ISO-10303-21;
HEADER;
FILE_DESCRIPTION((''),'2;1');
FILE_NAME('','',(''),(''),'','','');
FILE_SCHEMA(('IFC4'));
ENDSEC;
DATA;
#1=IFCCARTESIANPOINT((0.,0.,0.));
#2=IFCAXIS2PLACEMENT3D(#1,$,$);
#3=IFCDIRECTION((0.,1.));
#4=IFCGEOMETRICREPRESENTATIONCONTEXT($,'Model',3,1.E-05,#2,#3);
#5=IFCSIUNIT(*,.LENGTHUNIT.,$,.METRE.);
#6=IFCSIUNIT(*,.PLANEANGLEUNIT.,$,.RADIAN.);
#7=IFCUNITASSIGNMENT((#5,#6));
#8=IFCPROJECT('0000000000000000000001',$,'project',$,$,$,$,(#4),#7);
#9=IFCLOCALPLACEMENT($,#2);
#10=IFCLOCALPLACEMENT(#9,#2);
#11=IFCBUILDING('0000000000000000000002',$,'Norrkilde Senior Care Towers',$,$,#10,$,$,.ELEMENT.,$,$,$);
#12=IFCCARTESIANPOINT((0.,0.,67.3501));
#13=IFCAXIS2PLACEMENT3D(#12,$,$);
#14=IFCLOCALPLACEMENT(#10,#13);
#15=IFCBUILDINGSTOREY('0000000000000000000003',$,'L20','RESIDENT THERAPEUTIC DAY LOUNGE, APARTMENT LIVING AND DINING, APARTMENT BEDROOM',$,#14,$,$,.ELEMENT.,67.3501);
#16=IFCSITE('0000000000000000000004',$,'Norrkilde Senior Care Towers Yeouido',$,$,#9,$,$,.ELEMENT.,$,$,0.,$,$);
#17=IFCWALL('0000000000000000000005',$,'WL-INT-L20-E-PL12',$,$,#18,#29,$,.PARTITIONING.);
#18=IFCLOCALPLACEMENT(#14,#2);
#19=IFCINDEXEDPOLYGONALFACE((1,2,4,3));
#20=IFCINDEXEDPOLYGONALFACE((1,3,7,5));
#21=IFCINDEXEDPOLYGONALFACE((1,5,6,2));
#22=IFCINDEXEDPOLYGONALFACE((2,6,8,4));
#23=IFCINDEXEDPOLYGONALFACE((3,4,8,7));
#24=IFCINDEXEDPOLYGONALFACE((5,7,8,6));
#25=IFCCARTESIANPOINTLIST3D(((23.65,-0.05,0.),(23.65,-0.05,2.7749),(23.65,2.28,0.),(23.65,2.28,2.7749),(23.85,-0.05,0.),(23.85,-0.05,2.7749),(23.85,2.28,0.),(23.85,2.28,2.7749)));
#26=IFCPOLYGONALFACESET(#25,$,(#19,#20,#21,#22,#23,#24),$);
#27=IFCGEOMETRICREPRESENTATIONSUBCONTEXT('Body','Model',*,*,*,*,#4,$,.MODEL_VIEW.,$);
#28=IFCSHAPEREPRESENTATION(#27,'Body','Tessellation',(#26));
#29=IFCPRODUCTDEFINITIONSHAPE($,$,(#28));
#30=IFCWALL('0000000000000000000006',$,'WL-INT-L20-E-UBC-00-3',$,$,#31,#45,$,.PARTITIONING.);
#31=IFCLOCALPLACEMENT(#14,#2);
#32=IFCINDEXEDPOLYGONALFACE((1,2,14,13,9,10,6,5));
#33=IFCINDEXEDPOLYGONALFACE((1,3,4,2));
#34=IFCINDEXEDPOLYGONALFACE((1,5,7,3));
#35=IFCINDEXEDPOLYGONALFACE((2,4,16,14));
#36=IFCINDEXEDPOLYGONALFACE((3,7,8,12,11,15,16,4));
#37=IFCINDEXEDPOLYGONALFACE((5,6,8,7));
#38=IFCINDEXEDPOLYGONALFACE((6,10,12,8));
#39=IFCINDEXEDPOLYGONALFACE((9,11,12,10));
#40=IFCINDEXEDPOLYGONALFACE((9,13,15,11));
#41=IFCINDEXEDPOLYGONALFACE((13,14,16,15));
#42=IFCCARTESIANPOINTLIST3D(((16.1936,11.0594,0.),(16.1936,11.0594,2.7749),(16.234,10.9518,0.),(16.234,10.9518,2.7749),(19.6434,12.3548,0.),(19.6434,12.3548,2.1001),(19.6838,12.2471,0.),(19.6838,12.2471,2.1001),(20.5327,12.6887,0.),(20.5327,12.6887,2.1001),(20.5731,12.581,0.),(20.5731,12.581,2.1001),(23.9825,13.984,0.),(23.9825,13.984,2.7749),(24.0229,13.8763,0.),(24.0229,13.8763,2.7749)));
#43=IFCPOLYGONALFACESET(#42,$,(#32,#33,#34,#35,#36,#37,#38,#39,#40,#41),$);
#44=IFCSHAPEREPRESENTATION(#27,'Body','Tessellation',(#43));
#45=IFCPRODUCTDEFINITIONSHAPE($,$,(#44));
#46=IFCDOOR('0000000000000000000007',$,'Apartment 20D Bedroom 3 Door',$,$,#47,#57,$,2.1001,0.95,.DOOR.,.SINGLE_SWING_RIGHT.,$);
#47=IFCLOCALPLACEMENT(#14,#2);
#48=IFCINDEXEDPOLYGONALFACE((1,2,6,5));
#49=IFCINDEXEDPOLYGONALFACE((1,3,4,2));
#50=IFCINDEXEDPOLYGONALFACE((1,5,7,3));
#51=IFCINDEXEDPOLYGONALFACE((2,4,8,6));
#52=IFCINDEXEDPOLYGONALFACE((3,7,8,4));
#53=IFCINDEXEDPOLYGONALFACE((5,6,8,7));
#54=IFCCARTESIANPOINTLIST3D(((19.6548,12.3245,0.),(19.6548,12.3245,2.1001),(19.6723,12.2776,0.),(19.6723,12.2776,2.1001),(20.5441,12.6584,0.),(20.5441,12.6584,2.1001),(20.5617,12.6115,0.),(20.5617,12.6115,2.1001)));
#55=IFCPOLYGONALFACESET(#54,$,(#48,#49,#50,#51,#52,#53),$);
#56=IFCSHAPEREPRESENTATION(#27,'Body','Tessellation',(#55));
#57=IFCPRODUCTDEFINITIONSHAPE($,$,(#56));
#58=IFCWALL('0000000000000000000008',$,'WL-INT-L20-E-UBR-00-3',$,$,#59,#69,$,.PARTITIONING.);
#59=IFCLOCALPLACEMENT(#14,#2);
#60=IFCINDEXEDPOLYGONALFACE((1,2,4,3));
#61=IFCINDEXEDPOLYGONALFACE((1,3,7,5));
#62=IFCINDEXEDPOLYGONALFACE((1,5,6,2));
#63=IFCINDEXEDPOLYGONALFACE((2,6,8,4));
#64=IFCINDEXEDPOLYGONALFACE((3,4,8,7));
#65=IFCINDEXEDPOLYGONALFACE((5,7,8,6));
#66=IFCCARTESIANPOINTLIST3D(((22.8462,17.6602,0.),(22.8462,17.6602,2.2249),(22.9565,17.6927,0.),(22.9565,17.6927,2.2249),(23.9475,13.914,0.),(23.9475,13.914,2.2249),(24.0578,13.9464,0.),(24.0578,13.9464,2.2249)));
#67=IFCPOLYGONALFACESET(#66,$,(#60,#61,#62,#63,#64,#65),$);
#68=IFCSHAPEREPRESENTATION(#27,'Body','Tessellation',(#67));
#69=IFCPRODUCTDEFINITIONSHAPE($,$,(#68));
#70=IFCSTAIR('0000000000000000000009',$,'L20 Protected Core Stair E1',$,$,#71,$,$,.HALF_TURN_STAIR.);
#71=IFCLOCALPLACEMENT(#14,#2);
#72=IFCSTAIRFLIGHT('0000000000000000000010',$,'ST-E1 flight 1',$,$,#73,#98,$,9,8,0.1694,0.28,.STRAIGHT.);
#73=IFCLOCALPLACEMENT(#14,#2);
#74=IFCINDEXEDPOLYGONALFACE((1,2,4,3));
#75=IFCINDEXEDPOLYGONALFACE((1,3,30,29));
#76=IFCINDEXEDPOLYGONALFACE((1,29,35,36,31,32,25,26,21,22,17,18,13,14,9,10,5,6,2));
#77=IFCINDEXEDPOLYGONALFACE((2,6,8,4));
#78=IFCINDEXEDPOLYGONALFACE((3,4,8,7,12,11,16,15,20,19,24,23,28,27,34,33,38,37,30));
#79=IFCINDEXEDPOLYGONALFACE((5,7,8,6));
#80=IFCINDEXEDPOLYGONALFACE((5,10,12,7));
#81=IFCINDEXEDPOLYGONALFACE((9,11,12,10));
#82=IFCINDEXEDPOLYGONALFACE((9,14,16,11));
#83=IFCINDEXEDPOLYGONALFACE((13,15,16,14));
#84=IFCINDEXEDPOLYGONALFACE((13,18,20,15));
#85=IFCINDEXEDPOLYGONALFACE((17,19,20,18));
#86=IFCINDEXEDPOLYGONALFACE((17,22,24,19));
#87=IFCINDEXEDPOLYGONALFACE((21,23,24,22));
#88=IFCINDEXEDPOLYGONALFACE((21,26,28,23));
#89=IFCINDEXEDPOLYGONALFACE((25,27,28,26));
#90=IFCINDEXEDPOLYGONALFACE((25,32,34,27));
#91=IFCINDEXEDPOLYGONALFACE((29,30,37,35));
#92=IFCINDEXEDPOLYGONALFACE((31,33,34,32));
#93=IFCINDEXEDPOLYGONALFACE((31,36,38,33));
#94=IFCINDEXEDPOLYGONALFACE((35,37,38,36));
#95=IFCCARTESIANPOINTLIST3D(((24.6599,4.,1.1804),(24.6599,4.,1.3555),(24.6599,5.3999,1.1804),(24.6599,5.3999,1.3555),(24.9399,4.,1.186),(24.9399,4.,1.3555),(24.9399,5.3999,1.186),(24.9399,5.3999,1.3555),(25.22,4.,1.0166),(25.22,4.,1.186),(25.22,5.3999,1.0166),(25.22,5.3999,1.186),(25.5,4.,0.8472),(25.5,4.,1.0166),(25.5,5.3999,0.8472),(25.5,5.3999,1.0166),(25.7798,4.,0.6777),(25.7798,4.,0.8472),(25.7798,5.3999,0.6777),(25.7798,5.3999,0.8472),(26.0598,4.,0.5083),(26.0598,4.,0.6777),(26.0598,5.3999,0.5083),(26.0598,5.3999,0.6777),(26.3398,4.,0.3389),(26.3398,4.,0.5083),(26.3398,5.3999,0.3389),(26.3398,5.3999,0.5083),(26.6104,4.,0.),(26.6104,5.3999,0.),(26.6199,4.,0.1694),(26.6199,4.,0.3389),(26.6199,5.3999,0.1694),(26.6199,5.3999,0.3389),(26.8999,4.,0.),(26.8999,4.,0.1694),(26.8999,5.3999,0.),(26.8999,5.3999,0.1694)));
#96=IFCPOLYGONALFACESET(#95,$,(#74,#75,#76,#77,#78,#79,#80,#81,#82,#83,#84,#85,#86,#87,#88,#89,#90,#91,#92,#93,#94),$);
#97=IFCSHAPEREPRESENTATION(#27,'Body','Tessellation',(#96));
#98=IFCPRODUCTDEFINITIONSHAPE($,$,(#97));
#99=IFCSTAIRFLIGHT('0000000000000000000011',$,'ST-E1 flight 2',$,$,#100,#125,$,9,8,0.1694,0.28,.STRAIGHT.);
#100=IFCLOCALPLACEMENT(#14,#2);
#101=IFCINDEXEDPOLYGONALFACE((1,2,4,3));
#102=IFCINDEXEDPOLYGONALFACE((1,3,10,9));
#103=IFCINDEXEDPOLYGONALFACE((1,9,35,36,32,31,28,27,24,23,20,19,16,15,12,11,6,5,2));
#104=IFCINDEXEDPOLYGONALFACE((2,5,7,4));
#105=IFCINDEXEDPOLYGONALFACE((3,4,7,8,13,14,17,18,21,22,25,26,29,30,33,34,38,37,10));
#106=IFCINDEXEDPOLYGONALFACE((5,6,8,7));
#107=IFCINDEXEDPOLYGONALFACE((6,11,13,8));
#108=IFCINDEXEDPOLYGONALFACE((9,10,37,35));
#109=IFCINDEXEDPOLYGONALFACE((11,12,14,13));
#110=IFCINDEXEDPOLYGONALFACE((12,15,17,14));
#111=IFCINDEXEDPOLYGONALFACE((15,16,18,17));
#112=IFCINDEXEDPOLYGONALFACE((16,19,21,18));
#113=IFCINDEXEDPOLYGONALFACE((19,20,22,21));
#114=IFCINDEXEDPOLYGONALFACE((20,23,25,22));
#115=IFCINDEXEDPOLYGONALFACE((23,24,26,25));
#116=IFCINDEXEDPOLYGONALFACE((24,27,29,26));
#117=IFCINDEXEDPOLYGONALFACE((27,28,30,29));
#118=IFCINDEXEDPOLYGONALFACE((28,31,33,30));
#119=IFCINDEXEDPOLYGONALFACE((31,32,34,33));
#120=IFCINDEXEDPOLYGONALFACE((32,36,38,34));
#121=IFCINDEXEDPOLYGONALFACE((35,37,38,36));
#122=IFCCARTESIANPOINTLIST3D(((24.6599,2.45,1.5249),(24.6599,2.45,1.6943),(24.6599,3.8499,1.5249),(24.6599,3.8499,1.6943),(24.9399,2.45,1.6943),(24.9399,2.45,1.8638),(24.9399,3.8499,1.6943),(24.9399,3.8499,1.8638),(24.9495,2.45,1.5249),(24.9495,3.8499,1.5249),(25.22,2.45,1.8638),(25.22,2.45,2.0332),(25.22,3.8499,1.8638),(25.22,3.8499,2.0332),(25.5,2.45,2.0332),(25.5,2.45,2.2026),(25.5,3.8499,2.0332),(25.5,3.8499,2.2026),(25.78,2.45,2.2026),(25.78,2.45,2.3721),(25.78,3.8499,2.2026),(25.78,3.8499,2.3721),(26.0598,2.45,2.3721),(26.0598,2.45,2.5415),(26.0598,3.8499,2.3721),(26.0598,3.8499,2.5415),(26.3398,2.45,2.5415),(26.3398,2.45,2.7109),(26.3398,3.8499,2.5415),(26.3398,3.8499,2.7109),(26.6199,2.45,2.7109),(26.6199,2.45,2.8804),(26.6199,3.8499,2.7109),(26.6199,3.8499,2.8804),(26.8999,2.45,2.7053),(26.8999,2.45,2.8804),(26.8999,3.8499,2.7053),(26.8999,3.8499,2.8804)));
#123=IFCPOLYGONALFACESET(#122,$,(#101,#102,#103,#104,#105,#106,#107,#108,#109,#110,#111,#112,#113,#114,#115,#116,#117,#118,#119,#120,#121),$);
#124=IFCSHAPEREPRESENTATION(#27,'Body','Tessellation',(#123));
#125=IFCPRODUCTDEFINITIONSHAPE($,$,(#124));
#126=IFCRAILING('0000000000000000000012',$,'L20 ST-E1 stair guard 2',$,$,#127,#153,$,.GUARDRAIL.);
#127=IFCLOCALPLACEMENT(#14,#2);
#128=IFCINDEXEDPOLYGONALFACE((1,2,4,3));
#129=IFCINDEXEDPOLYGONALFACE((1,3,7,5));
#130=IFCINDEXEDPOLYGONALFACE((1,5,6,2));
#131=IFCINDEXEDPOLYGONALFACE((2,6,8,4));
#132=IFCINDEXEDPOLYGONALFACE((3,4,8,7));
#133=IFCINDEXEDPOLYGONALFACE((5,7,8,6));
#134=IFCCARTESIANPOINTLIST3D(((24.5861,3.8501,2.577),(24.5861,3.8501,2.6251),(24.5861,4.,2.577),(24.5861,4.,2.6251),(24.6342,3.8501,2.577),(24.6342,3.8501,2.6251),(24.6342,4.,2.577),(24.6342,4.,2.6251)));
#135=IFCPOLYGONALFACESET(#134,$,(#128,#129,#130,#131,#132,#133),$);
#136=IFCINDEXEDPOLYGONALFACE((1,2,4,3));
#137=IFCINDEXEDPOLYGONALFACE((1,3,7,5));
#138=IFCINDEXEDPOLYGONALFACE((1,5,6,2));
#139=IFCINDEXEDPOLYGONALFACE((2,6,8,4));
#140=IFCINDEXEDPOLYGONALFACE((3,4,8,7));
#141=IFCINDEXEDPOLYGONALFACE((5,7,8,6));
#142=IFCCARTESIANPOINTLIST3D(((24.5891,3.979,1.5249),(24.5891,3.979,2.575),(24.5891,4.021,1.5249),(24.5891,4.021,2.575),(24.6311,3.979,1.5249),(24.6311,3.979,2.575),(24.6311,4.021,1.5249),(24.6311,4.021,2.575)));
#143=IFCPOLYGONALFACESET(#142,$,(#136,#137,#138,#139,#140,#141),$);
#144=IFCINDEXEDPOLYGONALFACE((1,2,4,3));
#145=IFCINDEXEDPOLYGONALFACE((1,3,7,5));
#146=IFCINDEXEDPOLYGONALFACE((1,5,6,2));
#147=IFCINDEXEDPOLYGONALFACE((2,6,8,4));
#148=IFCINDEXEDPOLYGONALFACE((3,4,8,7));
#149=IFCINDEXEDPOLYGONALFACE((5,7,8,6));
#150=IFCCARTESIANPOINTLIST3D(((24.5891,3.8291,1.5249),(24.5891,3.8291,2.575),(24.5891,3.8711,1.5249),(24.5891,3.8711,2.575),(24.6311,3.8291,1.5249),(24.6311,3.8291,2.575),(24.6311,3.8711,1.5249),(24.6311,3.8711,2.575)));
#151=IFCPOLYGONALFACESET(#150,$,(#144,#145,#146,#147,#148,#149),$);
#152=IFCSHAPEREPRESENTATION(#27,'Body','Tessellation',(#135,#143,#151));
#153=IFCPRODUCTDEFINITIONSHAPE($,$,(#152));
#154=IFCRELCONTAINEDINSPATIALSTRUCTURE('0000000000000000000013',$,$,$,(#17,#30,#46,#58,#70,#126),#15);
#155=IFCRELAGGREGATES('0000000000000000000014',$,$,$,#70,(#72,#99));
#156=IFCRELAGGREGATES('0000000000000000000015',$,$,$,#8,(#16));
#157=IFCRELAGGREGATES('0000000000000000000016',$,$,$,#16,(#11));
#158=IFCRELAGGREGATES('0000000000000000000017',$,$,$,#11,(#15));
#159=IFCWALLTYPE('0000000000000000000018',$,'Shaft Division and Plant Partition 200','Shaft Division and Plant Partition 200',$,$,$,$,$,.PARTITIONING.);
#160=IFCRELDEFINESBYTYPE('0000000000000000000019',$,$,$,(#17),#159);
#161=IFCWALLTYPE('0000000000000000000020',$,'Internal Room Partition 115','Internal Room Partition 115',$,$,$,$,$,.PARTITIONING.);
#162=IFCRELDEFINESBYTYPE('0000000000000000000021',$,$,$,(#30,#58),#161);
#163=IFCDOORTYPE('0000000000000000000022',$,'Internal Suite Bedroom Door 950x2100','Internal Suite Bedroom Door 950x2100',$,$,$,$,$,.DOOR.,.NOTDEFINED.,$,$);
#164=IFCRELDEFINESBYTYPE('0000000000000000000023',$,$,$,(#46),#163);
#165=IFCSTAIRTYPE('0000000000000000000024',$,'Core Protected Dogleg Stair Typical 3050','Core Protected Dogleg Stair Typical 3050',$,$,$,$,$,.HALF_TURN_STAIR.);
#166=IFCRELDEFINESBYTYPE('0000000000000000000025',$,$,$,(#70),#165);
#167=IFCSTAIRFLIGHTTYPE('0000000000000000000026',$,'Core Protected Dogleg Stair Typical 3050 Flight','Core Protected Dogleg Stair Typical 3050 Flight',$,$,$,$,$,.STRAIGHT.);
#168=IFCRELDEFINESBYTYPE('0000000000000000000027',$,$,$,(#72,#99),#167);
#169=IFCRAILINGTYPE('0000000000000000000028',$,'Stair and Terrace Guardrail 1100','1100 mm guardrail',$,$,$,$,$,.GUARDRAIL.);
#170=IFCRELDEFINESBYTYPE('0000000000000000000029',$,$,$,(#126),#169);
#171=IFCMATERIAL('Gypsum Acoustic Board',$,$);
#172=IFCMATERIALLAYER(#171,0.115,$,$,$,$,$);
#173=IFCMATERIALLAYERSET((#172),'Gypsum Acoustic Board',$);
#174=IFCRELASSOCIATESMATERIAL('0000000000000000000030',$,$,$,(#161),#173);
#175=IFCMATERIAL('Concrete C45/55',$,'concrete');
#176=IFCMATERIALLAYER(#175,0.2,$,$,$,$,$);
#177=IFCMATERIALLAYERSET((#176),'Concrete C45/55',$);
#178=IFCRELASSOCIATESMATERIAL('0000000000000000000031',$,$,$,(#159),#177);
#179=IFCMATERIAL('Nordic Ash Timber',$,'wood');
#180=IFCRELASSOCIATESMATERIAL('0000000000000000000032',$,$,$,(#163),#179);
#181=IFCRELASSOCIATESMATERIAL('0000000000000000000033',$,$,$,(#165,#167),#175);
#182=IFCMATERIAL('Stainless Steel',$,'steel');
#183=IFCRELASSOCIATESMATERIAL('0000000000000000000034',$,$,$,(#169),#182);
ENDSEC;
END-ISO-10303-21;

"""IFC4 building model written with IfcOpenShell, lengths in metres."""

from ifc_helpers import new_model, si_unit, direction, frame, frame_2d, origin, origin_2d, place, context, subcontext, project, spatial, polyline, rectangle, outline, extrude, source, transform, mapped, material, layer, layer_set, type_object, type_shapes, element, fill, aggregate, save


model = new_model("IFC4")

# Units and contexts
model_context = context("Model", 3, precision=1e-05, world=origin(), true_north=direction((0.0, 1.0)))
body_context = subcontext(model_context, "Body", "Model", "MODEL_VIEW")
ifc_project = project(units=[si_unit("LENGTHUNIT", "METRE"), si_unit("PLANEANGLEUNIT", "RADIAN")], contexts=[model_context])

# Site, building, storey
site_placement = place(None, origin())
site = spatial("IfcSite", under=ifc_project, at=site_placement, Name="Norrkilde Senior Care Towers Yeouido", CompositionType="ELEMENT", RefElevation=0.0)
building_placement = place(site_placement, origin())
building = spatial("IfcBuilding", under=site, at=building_placement, Name="Norrkilde Senior Care Towers", CompositionType="ELEMENT")
storey_placement = place(building_placement, frame((0.0, 0.0, 67.3501)))
storey = spatial("IfcBuildingStorey", under=building, at=storey_placement, Name="L20", Description="RESIDENT THERAPEUTIC DAY LOUNGE, APARTMENT LIVING AND DINING, APARTMENT BEDROOM", CompositionType="ELEMENT", Elevation=67.3501)

# Shared definitions
ifc_material_1 = material(Name="Concrete C45/55", Category="concrete")

# Shared definitions
ifc_material_2 = material(Name="Stainless Steel", Category="steel")

# Wall
ifc_material_3 = material(Name="Gypsum Acoustic Board")
ifc_layer_1 = layer(ifc_material_3, 0.115)
ifc_layer_set_1 = layer_set([ifc_layer_1], Name="Gypsum Acoustic Board")
wall_type_1 = type_object("IfcWallType", Name="Internal Room Partition 115", Description="Internal Room Partition 115", PredefinedType="PARTITIONING", material=ifc_layer_set_1)
ifc_layer_2 = layer(ifc_material_1, 0.2)
ifc_layer_set_2 = layer_set([ifc_layer_2], Name="Concrete C45/55")
wall_type_2 = type_object("IfcWallType", Name="Shaft Division and Plant Partition 200", Description="Shaft Division and Plant Partition 200", PredefinedType="PARTITIONING", material=ifc_layer_set_2)
shared_shape_1 = source(origin(), body_context, "Body", "SweptSolid", [
    extrude(rectangle(XDim=2.3301, YDim=0.2, at=frame_2d((1.165, 0.0))), origin(), (0.0, 0.0, 1.0), 2.7749),
])
type_shapes(wall_type_2, [shared_shape_1])
wall_1_placement = place(storey_placement, frame((23.75, -0.05, 0.0), z_axis=(0.0, 0.0, 1.0), x_axis=(0.0, 1.0, 0.0)))
element("IfcWall", 1, at=wall_1_placement, inside=storey, type_object=wall_type_2, Name="WL-INT-L20-E-PL12", PredefinedType="PARTITIONING", context=body_context, shape_type="MappedRepresentation", body=[
    mapped(shared_shape_1, transform((0.0, 0.0, 0.0), x_axis=(1.0, 0.0, 0.0), y_axis=(0.0, 1.0, 0.0), z_axis=(0.0, 0.0, 1.0), scale=1.0)),
])

# Wall, opening, door
shared_shape_2 = source(origin(), body_context, "Body", "SweptSolid", [
    extrude(rectangle(XDim=8.3198, YDim=0.115, at=frame_2d((4.1599, 0.0))), origin(), (0.0, 0.0, 1.0), 2.7749),
])
wall_2_placement = place(storey_placement, frame((24.0027, 13.9302, 0.0), z_axis=(0.0, 0.0, 1.0), x_axis=(-0.936181, -0.351519, 0.0)))
wall_2 = element("IfcWall", 2, at=wall_2_placement, inside=storey, type_object=wall_type_1, Name="WL-INT-L20-E-UBC-00-3", PredefinedType="PARTITIONING", context=body_context, shape_type="MappedRepresentation", body=[
    mapped(shared_shape_2, transform((0.0, 0.0, 0.0), x_axis=(1.0, 0.0, 0.0), y_axis=(0.0, 1.0, 0.0), z_axis=(0.0, 0.0, 1.0), scale=1.0)),
])
opening_1_placement = place(wall_2_placement, frame((3.6848, 0.0, 0.0)))
opening_1 = element("IfcOpeningElement", 3, at=opening_1_placement, cuts=wall_2, PredefinedType="OPENING", context=body_context, shape_type="SweptSolid", body=[
    extrude(rectangle(XDim=0.95, YDim=2.1001, at=frame_2d((0.4751, 1.05))), frame((0.0, 0.0674, 0.0), z_axis=(0.0, -1.0, 0.0), x_axis=(1.0, 0.0, 0.0)), (0.0, 0.0, 1.0), 0.135),
])
ifc_material_4 = material(Name="Nordic Ash Timber", Category="wood")
door_type_1 = type_object("IfcDoorType", Name="Internal Suite Bedroom Door 950x2100", Description="Internal Suite Bedroom Door 950x2100", OperationType="NOTDEFINED", PredefinedType="DOOR", material=ifc_material_4)
shared_shape_3 = source(origin(), body_context, "Body", "SweptSolid", [
    extrude(rectangle(XDim=0.95, YDim=2.1001, at=frame_2d((0.4751, 1.05))), frame((0.0, 0.0249, 0.0), z_axis=(0.0, -1.0, 0.0), x_axis=(1.0, 0.0, 0.0)), (0.0, 0.0, 1.0), 0.05),
])
type_shapes(door_type_1, [shared_shape_3])
door_1_placement = place(opening_1_placement, origin())
door_1 = element("IfcDoor", 4, at=door_1_placement, inside=storey, type_object=door_type_1, Name="Apartment 20D Bedroom 3 Door", OperationType="SINGLE_SWING_RIGHT", OverallHeight=2.1001, OverallWidth=0.95, PredefinedType="DOOR", context=body_context, shape_type="MappedRepresentation", body=[
    mapped(shared_shape_3, transform((0.0, 0.0, 0.0), x_axis=(1.0, 0.0, 0.0), y_axis=(0.0, 1.0, 0.0), z_axis=(0.0, 0.0, 1.0), scale=1.0)),
])
fill(opening_1, door_1)

# Wall
shared_shape_4 = source(origin(), body_context, "Body", "SweptSolid", [
    extrude(rectangle(XDim=3.9048, YDim=0.115, at=frame_2d((1.9524, 0.0))), origin(), (0.0, 0.0, 1.0), 2.2249),
])
wall_3_placement = place(storey_placement, frame((24.0027, 13.9302, 0.0), z_axis=(0.0, 0.0, 1.0), x_axis=(-0.282038, 0.959403, 0.0)))
element("IfcWall", 5, at=wall_3_placement, inside=storey, type_object=wall_type_1, Name="WL-INT-L20-E-UBR-00-3", PredefinedType="PARTITIONING", context=body_context, shape_type="MappedRepresentation", body=[
    mapped(shared_shape_4, transform((0.0, 0.0, 0.0), x_axis=(1.0, 0.0, 0.0), y_axis=(0.0, 1.0, 0.0), z_axis=(0.0, 0.0, 1.0), scale=1.0)),
])

# Stair, stair flights
stair_type = type_object("IfcStairType", Name="Core Protected Dogleg Stair Typical 3050", Description="Core Protected Dogleg Stair Typical 3050", PredefinedType="HALF_TURN_STAIR", material=ifc_material_1)
stair_placement = place(storey_placement, origin())
stair = element("IfcStair", 6, at=stair_placement, inside=storey, type_object=stair_type, Name="L20 Protected Core Stair E1", PredefinedType="HALF_TURN_STAIR")
stair_flight_type = type_object("IfcStairFlightType", Name="Core Protected Dogleg Stair Typical 3050 Flight", Description="Core Protected Dogleg Stair Typical 3050 Flight", PredefinedType="STRAIGHT", material=ifc_material_1)
stair_flight_1_placement = place(storey_placement, frame((26.8999, 4.7, 0.0), z_axis=(0.0, 0.0, 1.0), x_axis=(-1.0, 0.0, 0.0)))
stair_flight_1 = element("IfcStairFlight", 7, at=stair_flight_1_placement, type_object=stair_flight_type, Name="ST-E1 flight 1", NumberOfRisers=9, NumberOfTreads=8, PredefinedType="STRAIGHT", RiserHeight=0.1694, TreadLength=0.28, context=body_context, shape_type="SweptSolid", body=[
    extrude(outline(polyline([(0.0, 0.0), (0.0, 0.1694), (0.28, 0.1694), (0.28, 0.3389), (0.5601, 0.3389), (0.5601, 0.5083), (0.8401, 0.5083), (0.8401, 0.6777), (1.1201, 0.6777), (1.1201, 0.8472), (1.3999, 0.8472), (1.3999, 1.0166), (1.6799, 1.0166), (1.6799, 1.186), (1.96, 1.186), (1.96, 1.3555), (2.24, 1.3555), (2.24, 1.5249), (2.24, 1.1804), (0.2896, 0.0), (0.0, 0.0)])), frame((0.0, 0.7, 0.0), z_axis=(0.0, -1.0, 0.0), x_axis=(1.0, 0.0, 0.0)), (0.0, 0.0, 1.0), 1.3999),
])
stair_flight_2_placement = place(storey_placement, frame((24.6599, 3.1499, 1.5249), z_axis=(0.0, 0.0, 1.0), x_axis=(1.0, 0.0, 0.0)))
stair_flight_2 = element("IfcStairFlight", 8, at=stair_flight_2_placement, type_object=stair_flight_type, Name="ST-E1 flight 2", NumberOfRisers=9, NumberOfTreads=8, PredefinedType="STRAIGHT", RiserHeight=0.1694, TreadLength=0.28, context=body_context, shape_type="SweptSolid", body=[
    extrude(outline(polyline([(0.0, 0.0), (0.0, 0.1694), (0.28, 0.1694), (0.28, 0.3389), (0.5601, 0.3389), (0.5601, 0.5083), (0.8401, 0.5083), (0.8401, 0.6777), (1.1201, 0.6777), (1.1201, 0.8472), (1.3999, 0.8472), (1.3999, 1.0166), (1.6799, 1.0166), (1.6799, 1.186), (1.96, 1.186), (1.96, 1.3555), (2.24, 1.3555), (2.24, 1.5249), (2.24, 1.1804), (0.2896, 0.0), (0.0, 0.0)])), frame((0.0, 0.7, 0.0), z_axis=(0.0, -1.0, 0.0), x_axis=(1.0, 0.0, 0.0)), (0.0, 0.0, 1.0), 1.3999),
])
aggregate(stair, [stair_flight_1, stair_flight_2])

# Railing
railing_type_1 = type_object("IfcRailingType", Name="Stair and Terrace Guardrail 1100", Description="1100 mm guardrail", PredefinedType="GUARDRAIL", material=ifc_material_2)
railing_1_placement = place(storey_placement, frame((24.6101, 4.0, 1.5249)))
element("IfcRailing", 9, at=railing_1_placement, inside=storey, type_object=railing_type_1, Name="L20 ST-E1 stair guard 2", PredefinedType="GUARDRAIL", context=body_context, shape_type="SweptSolid", body=[
    extrude(rectangle(XDim=0.0481, YDim=0.0481, at=origin_2d()), frame((0.0, 0.0, 1.0762), z_axis=(0.0, -1.0, 0.0), x_axis=(1.0, 0.0, 0.0)), (0.0, 0.0, 1.0), 0.1499),
    extrude(rectangle(XDim=0.042, YDim=0.042, at=origin_2d()), origin(), (0.0, 0.0, 1.0), 1.05),
    extrude(rectangle(XDim=0.042, YDim=0.042, at=origin_2d()), frame((0.0, -0.1499, 0.0)), (0.0, 0.0, 1.0), 1.05),
])

save(model, "model.ifc")
